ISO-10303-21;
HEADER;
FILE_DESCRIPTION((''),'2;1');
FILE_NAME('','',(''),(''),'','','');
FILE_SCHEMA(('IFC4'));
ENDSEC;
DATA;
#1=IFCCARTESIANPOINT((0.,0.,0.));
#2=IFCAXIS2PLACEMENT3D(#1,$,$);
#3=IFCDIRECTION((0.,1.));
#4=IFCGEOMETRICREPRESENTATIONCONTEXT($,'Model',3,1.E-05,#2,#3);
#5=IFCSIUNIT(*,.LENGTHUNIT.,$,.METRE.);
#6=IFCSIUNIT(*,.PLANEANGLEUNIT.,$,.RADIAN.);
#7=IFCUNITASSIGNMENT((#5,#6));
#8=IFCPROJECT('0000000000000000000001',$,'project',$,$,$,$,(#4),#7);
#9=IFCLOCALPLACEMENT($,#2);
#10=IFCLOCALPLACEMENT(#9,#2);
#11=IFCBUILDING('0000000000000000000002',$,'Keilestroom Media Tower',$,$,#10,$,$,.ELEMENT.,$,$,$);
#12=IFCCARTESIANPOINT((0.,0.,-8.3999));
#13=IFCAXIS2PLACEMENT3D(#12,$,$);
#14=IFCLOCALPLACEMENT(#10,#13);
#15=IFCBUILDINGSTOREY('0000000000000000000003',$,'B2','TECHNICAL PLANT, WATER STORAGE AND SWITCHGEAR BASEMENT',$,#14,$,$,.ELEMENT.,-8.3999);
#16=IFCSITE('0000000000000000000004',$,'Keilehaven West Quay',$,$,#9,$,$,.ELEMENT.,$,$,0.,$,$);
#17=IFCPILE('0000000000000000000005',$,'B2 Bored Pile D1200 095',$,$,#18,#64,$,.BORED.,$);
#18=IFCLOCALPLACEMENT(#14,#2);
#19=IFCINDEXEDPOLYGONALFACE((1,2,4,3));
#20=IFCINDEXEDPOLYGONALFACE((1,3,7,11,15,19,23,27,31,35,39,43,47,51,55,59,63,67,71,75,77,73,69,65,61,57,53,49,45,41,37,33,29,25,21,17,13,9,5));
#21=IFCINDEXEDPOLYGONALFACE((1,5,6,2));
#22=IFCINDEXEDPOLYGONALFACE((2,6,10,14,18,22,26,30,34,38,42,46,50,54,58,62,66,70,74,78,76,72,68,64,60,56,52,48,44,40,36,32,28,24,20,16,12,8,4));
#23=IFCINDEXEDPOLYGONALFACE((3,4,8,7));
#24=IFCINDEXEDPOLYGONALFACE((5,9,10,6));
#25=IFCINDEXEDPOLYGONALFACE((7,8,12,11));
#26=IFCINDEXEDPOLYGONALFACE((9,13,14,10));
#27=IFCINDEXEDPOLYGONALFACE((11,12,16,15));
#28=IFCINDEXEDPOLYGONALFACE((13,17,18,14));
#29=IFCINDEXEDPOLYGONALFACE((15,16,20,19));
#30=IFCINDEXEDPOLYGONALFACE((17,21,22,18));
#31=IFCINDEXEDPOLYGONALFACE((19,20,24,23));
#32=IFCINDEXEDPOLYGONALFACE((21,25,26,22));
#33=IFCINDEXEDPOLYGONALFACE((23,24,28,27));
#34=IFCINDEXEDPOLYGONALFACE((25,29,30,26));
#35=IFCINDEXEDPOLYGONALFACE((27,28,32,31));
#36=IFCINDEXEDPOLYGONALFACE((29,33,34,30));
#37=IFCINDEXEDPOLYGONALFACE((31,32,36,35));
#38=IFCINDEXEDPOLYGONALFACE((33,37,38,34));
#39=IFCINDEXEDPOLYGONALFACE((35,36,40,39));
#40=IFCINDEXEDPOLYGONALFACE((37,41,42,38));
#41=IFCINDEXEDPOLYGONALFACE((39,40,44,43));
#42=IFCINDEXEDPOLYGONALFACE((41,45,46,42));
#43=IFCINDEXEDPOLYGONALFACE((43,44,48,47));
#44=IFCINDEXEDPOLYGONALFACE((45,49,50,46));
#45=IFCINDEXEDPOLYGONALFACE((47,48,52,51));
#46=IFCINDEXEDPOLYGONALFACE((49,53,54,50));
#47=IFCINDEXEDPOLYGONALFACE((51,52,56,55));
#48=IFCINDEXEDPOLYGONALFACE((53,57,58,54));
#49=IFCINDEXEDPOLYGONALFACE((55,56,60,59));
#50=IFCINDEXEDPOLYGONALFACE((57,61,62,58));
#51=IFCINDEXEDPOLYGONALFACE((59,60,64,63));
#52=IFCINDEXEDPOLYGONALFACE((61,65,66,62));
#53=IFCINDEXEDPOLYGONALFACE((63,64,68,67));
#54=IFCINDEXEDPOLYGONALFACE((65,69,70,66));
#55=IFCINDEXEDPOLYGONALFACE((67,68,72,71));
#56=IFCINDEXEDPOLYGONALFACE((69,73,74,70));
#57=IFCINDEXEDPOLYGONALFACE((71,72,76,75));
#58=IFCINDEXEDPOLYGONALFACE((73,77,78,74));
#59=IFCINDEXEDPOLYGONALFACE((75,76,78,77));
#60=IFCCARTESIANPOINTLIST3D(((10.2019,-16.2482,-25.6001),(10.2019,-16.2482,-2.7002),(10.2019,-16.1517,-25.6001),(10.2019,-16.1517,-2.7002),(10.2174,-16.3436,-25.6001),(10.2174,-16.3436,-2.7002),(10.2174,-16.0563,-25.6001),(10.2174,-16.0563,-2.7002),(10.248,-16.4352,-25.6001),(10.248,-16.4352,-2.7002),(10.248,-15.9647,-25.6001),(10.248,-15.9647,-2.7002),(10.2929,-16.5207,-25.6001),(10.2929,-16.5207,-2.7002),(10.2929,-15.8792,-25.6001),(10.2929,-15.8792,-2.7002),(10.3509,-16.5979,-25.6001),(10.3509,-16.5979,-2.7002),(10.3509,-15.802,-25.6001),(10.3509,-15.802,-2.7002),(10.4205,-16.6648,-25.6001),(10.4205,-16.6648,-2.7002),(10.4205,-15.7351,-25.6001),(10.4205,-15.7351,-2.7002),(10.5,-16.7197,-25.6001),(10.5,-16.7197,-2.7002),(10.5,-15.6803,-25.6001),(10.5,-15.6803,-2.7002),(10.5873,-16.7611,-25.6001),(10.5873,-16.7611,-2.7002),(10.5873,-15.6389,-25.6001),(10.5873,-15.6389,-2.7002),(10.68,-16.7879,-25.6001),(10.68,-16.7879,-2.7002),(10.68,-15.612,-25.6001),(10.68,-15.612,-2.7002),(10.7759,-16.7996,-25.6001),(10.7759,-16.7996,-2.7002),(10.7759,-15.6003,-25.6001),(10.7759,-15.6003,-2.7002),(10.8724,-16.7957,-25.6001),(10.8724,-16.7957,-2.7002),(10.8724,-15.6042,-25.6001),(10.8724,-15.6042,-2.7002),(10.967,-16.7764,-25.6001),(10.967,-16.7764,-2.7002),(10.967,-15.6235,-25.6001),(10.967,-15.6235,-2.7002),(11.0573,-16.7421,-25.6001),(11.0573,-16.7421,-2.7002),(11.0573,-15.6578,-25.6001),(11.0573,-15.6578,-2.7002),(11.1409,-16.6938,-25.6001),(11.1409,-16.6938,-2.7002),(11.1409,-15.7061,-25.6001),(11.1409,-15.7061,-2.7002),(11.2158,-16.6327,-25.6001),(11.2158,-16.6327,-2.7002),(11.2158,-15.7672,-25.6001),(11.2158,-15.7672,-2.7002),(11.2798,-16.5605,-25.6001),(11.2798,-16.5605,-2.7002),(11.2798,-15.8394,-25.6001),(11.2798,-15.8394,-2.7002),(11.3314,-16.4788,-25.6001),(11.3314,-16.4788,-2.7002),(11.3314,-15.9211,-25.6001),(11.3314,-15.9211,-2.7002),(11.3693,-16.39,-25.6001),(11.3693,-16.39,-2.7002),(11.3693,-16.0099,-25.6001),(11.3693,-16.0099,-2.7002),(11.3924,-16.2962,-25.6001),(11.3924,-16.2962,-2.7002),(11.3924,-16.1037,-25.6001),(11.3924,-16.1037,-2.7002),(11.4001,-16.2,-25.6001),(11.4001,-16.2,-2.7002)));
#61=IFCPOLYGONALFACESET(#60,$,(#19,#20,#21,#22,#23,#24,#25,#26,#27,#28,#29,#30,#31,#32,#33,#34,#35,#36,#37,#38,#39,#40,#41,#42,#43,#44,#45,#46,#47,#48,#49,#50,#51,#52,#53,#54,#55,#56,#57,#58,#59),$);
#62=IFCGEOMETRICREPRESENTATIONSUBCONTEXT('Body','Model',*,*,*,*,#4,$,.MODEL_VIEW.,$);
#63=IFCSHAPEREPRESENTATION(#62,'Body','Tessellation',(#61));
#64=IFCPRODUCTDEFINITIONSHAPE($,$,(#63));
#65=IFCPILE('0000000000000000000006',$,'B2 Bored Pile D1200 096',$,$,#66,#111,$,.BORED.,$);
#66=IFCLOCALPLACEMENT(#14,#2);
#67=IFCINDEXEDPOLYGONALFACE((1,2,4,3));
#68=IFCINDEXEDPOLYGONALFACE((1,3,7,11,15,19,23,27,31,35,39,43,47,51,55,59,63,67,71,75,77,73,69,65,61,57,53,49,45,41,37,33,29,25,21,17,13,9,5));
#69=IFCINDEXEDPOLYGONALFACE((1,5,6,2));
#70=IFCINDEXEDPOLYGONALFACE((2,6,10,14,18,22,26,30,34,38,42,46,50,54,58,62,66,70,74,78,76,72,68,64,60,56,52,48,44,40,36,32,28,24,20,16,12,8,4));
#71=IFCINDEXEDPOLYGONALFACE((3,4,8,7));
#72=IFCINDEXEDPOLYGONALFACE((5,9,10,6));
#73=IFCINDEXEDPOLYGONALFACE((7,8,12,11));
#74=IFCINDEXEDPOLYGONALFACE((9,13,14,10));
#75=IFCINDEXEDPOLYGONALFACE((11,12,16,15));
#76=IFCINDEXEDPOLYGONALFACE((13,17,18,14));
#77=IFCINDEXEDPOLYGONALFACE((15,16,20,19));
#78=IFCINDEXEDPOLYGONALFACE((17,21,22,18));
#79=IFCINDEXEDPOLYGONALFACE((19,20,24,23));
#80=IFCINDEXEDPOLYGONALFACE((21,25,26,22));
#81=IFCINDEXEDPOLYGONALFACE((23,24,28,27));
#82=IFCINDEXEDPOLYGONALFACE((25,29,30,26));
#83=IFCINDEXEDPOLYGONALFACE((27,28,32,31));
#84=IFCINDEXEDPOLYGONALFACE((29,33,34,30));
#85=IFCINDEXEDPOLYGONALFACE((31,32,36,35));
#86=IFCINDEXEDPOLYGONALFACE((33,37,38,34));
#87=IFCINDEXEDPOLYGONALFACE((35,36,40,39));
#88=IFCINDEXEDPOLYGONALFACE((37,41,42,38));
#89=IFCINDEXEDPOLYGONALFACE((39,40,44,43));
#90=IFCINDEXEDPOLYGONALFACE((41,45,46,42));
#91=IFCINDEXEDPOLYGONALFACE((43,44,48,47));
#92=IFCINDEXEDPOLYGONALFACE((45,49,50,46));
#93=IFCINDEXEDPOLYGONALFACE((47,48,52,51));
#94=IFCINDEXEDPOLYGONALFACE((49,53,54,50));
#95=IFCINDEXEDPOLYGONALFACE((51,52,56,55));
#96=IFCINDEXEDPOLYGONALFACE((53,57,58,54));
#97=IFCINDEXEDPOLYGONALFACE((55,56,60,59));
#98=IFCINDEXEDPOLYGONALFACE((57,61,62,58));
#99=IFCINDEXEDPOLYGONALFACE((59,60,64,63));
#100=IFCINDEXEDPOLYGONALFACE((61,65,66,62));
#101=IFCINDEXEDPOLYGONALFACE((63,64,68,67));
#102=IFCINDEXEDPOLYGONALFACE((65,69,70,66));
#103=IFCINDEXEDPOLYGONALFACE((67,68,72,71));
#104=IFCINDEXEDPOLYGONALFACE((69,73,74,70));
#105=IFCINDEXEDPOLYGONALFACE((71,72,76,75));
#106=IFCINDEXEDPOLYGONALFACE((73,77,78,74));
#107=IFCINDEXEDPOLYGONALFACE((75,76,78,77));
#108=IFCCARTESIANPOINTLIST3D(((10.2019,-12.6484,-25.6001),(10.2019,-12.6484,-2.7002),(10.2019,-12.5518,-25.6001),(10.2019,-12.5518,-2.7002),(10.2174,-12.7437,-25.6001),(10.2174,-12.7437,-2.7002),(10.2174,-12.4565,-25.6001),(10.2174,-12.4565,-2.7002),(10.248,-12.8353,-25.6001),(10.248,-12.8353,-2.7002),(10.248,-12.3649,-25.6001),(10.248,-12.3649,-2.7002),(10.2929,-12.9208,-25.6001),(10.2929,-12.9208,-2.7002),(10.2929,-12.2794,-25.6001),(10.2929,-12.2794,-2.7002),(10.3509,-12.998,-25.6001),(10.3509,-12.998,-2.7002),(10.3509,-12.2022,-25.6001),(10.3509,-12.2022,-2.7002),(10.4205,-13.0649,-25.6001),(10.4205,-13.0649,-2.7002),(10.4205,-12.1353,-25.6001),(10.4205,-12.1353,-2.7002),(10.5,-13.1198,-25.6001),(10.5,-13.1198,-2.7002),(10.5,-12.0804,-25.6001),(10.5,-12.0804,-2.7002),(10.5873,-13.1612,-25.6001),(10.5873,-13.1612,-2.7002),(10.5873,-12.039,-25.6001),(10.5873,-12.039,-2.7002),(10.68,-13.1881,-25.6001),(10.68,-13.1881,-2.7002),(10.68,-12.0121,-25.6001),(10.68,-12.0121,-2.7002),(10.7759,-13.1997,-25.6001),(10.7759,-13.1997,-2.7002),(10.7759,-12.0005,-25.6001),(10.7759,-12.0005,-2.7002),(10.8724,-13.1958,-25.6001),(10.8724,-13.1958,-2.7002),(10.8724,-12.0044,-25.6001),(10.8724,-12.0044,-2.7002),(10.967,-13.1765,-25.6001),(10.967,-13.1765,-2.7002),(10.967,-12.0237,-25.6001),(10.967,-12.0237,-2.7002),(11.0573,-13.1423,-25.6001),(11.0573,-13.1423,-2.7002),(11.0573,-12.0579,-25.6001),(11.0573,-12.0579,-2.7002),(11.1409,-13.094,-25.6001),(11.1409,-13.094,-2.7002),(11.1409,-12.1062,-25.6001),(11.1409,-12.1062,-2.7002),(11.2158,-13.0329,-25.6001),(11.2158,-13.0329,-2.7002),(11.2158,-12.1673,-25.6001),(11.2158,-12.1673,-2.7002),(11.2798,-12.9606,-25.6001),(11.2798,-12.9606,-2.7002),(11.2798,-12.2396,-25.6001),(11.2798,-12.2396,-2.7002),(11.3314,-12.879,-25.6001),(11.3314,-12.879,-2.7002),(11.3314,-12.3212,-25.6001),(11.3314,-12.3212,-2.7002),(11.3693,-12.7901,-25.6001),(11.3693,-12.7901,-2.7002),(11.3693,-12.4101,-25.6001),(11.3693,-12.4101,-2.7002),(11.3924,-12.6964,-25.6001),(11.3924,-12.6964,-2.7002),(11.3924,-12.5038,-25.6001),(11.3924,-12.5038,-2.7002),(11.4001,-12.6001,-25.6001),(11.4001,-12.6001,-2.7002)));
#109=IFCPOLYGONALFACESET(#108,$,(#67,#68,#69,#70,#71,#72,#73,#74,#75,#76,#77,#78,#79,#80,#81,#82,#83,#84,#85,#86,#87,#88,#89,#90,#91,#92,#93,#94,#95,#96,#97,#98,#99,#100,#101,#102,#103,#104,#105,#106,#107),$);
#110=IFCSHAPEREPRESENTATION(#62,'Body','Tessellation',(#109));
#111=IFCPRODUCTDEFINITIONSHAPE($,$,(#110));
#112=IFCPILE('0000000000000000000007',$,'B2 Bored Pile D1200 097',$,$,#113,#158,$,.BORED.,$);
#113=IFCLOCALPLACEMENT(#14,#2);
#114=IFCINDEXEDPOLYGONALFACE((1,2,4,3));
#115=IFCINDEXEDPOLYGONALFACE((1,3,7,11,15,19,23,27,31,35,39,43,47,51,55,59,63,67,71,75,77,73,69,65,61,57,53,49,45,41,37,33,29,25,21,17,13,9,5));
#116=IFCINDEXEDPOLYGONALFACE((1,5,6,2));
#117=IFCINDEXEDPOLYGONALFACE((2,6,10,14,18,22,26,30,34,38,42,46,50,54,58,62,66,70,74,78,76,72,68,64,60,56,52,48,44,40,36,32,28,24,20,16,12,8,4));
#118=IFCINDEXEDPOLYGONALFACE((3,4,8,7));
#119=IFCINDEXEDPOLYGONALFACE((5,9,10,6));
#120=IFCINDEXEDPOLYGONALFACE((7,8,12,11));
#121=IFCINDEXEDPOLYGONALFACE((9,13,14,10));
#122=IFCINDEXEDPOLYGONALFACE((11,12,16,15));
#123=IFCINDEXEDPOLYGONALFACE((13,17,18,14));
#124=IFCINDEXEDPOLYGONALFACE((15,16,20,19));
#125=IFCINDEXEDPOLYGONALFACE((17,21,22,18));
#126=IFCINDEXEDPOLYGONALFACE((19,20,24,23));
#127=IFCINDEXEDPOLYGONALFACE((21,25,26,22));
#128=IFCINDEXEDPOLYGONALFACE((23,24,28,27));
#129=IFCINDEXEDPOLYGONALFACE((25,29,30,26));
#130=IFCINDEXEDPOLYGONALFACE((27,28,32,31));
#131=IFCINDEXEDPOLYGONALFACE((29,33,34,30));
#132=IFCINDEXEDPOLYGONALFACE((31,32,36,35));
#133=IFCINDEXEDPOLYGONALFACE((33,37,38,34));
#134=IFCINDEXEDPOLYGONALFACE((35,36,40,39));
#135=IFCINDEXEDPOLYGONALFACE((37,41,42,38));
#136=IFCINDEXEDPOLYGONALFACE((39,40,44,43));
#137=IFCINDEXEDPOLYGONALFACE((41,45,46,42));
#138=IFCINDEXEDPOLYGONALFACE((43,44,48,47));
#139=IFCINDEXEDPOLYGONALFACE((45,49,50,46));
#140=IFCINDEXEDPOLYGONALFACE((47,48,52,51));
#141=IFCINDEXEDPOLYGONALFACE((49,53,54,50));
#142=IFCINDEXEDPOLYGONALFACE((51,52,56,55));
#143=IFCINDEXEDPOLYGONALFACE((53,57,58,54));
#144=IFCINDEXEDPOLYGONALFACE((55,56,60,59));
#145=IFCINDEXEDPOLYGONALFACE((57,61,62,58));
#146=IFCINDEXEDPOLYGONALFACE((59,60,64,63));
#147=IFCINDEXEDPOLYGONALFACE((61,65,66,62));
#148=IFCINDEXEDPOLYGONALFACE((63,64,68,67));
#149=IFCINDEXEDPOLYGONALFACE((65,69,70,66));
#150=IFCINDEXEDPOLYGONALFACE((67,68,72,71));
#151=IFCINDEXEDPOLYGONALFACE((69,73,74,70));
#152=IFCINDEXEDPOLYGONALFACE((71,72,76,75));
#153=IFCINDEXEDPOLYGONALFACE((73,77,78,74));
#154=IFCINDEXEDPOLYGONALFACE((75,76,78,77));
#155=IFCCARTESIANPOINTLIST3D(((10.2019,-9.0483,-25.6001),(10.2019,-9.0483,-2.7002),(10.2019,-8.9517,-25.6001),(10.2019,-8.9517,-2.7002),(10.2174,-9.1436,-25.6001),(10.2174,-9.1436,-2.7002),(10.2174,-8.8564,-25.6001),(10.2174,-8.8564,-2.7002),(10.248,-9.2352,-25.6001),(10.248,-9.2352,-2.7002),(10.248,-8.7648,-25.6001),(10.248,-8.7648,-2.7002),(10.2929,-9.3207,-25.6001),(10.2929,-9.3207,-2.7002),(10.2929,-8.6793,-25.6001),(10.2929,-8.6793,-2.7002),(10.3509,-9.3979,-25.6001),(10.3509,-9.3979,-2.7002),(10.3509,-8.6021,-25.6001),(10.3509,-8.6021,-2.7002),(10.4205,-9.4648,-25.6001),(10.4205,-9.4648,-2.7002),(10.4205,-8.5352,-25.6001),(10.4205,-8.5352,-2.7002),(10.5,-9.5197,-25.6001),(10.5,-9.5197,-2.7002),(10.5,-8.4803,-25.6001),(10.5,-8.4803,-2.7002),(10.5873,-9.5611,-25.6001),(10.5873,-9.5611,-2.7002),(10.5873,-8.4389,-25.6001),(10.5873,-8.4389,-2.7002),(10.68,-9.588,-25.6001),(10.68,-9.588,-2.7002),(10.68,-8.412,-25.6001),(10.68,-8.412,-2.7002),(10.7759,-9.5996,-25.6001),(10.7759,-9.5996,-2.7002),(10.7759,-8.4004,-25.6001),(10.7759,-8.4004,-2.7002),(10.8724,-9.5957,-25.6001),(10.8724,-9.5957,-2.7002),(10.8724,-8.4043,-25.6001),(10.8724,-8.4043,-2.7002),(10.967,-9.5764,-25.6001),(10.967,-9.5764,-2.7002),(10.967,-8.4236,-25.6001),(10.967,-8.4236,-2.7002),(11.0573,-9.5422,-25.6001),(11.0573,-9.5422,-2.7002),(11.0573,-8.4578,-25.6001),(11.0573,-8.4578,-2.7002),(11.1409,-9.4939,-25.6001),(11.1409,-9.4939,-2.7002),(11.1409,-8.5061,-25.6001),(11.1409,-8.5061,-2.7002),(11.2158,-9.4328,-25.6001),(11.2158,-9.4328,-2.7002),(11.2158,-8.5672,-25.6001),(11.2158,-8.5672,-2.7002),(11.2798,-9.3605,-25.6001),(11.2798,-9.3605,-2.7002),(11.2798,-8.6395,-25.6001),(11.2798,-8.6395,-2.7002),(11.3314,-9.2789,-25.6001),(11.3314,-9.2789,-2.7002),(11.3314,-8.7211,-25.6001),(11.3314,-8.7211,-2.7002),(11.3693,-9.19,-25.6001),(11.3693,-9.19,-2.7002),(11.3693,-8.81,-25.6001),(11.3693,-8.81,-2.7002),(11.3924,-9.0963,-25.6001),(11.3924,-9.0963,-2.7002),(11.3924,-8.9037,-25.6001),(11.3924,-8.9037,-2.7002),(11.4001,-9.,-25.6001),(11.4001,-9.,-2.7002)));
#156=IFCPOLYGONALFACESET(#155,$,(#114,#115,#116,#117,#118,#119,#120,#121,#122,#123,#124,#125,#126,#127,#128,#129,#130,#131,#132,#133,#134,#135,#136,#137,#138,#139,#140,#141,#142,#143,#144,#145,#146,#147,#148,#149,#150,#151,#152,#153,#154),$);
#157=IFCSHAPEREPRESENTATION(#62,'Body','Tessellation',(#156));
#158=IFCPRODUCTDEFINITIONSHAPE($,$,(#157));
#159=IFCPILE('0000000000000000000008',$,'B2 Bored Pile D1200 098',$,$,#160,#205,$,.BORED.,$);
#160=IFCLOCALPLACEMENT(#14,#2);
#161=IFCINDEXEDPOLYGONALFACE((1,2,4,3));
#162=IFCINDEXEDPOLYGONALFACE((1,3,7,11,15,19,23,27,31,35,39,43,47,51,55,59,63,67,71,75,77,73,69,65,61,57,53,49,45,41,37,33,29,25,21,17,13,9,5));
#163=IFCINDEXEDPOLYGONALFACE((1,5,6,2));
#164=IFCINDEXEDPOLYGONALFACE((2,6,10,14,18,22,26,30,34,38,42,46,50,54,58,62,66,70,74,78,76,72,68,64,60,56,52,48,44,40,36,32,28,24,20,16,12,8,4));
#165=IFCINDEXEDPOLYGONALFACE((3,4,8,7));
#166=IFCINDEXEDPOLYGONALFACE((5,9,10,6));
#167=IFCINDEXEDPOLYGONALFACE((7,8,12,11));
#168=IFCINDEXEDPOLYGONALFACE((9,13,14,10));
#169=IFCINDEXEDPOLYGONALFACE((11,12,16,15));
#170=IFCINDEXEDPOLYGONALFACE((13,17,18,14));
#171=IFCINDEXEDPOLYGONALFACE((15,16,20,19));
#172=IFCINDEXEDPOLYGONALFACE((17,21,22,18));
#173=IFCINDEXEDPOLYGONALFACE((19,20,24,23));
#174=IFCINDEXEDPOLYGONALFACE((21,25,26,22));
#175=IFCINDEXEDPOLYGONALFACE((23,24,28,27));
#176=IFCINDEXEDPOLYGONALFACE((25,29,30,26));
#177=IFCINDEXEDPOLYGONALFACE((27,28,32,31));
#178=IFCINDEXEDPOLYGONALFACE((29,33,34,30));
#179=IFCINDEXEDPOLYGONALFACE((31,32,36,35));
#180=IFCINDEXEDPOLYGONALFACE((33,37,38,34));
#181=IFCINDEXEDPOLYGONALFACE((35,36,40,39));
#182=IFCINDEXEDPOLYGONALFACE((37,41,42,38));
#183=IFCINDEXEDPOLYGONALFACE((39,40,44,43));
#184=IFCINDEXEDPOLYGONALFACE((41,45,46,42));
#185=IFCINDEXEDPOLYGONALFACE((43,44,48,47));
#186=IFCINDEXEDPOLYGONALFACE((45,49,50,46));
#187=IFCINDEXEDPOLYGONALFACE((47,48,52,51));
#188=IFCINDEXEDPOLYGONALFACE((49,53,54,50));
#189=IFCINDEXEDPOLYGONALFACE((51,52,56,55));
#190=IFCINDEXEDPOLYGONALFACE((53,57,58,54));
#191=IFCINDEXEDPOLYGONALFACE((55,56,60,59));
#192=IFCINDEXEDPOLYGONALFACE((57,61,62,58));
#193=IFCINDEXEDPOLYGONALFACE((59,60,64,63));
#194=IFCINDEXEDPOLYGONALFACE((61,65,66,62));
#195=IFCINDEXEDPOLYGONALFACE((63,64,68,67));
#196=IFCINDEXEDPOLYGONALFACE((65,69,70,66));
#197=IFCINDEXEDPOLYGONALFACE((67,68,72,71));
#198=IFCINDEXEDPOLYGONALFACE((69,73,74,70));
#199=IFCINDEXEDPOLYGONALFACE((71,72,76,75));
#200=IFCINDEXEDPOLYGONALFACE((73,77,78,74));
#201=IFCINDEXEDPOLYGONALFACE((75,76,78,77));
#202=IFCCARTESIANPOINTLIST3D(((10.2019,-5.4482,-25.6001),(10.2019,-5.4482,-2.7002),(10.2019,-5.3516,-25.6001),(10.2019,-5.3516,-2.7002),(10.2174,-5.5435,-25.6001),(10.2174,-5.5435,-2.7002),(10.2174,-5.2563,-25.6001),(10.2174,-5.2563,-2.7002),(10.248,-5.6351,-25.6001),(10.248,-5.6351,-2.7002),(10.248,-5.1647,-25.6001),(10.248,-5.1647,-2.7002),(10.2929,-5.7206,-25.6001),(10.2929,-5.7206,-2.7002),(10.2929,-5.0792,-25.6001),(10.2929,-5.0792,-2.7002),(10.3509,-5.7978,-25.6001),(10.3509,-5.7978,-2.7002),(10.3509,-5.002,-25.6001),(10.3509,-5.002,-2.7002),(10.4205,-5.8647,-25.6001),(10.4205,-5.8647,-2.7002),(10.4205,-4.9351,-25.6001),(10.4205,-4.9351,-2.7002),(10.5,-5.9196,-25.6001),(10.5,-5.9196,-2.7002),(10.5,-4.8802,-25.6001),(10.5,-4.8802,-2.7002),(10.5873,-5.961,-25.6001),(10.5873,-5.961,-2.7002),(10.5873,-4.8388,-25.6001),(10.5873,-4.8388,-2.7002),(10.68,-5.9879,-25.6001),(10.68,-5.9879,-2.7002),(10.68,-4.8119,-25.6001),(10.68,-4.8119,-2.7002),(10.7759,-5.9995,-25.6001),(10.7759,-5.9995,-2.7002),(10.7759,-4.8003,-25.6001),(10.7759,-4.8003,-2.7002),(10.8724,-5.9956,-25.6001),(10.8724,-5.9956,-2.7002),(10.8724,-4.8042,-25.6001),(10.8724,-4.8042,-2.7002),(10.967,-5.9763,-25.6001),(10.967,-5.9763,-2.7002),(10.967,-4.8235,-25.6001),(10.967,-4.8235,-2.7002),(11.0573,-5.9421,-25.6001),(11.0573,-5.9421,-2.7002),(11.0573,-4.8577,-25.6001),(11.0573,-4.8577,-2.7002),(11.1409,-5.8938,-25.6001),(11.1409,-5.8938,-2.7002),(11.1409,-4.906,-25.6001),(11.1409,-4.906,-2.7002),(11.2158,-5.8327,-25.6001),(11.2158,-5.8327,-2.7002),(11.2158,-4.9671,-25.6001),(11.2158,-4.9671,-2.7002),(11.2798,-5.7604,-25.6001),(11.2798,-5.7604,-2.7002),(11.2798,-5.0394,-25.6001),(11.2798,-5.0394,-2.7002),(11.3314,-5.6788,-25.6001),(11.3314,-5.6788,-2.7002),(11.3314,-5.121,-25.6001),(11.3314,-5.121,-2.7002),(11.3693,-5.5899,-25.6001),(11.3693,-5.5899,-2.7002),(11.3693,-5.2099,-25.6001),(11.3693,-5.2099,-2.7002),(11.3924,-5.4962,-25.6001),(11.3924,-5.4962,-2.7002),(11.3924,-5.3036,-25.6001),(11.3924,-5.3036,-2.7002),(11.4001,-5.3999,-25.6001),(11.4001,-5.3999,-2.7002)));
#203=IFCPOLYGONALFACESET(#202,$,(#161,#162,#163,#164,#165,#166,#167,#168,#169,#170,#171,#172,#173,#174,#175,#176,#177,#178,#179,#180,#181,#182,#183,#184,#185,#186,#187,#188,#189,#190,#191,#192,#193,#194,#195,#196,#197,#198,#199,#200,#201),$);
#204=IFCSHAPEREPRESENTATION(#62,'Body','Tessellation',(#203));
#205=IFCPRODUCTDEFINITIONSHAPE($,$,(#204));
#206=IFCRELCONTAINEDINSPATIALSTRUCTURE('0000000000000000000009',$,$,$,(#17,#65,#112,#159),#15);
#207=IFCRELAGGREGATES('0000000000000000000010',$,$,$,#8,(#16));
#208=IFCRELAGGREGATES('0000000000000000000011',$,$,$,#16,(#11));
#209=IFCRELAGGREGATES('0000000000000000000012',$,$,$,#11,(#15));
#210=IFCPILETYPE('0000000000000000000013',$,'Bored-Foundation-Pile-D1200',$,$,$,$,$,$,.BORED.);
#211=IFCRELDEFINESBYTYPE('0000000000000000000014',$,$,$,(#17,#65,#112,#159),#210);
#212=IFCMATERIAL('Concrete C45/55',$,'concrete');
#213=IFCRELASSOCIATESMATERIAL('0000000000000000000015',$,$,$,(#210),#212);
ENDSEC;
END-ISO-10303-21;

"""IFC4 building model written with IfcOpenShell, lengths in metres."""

from ifc_helpers import new_model, si_unit, direction, frame, origin, origin_2d, place, context, subcontext, project, spatial, circle, extrude, source, transform, mapped, material, material_profile, profile_set, type_object, element, save


model = new_model("IFC4")

# Units and contexts
model_context = context("Model", 3, precision=1e-05, world=origin(), true_north=direction((0.0, 1.0)))
body_context = subcontext(model_context, "Body", "Model", "MODEL_VIEW")
ifc_project = project(units=[si_unit("LENGTHUNIT", "METRE"), si_unit("PLANEANGLEUNIT", "RADIAN")], contexts=[model_context])

# Site, building, storey
site_placement = place(None, origin())
site = spatial("IfcSite", under=ifc_project, at=site_placement, Name="Keilehaven West Quay", CompositionType="ELEMENT", RefElevation=0.0)
building_placement = place(site_placement, origin())
building = spatial("IfcBuilding", under=site, at=building_placement, Name="Keilestroom Media Tower", CompositionType="ELEMENT")
storey_placement = place(building_placement, frame((0.0, 0.0, -8.3999)))
storey = spatial("IfcBuildingStorey", under=building, at=storey_placement, Name="B2", Description="TECHNICAL PLANT, WATER STORAGE AND SWITCHGEAR BASEMENT", CompositionType="ELEMENT", Elevation=-8.3999)

# Piles
ifc_material_1 = material(Name="Concrete C45/55", Category="concrete")
ifc_material_profile_1 = material_profile(ifc_material_1, circle(Radius=0.6001, at=origin_2d()), Name="BORED PILE D1200")
ifc_profile_set_1 = profile_set([ifc_material_profile_1], Name="Concrete C45/55")
pile_type = type_object("IfcPileType", Name="Bored-Foundation-Pile-D1200", PredefinedType="BORED", material=ifc_profile_set_1)
shared_shape_1 = source(origin(), body_context, "Body", "SweptSolid", [
    extrude(circle(Radius=0.6001, at=origin_2d()), origin(), (0.0, 0.0, 1.0), 22.8999),
])
for number, where, z_axis, x_axis, name in (
    (1, (10.8, -16.2, -2.7002), (0.0, 0.0, -1.0), (1.0, 0.0, 0.0), "B2 Bored Pile D1200 095"),
    (2, (10.8, -12.6001, -2.7002), (0.0, 0.0, -1.0), (1.0, 0.0, 0.0), "B2 Bored Pile D1200 096"),
    (3, (10.8, -9.0, -2.7002), (0.0, 0.0, -1.0), (1.0, 0.0, 0.0), "B2 Bored Pile D1200 097"),
    (4, (10.8, -5.3999, -2.7002), (0.0, 0.0, -1.0), (1.0, 0.0, 0.0), "B2 Bored Pile D1200 098"),
):
    element("IfcPile", number, at=place(storey_placement, frame(where, z_axis=z_axis, x_axis=x_axis)), inside=storey, type_object=pile_type, Name=name, PredefinedType="BORED", context=body_context, shape_type="MappedRepresentation", body=[
        mapped(shared_shape_1, transform((0.0, 0.0, 0.0), x_axis=(1.0, 0.0, 0.0), y_axis=(0.0, 1.0, 0.0), z_axis=(0.0, 0.0, 1.0), scale=1.0)),
    ])

save(model, "model.ifc")
